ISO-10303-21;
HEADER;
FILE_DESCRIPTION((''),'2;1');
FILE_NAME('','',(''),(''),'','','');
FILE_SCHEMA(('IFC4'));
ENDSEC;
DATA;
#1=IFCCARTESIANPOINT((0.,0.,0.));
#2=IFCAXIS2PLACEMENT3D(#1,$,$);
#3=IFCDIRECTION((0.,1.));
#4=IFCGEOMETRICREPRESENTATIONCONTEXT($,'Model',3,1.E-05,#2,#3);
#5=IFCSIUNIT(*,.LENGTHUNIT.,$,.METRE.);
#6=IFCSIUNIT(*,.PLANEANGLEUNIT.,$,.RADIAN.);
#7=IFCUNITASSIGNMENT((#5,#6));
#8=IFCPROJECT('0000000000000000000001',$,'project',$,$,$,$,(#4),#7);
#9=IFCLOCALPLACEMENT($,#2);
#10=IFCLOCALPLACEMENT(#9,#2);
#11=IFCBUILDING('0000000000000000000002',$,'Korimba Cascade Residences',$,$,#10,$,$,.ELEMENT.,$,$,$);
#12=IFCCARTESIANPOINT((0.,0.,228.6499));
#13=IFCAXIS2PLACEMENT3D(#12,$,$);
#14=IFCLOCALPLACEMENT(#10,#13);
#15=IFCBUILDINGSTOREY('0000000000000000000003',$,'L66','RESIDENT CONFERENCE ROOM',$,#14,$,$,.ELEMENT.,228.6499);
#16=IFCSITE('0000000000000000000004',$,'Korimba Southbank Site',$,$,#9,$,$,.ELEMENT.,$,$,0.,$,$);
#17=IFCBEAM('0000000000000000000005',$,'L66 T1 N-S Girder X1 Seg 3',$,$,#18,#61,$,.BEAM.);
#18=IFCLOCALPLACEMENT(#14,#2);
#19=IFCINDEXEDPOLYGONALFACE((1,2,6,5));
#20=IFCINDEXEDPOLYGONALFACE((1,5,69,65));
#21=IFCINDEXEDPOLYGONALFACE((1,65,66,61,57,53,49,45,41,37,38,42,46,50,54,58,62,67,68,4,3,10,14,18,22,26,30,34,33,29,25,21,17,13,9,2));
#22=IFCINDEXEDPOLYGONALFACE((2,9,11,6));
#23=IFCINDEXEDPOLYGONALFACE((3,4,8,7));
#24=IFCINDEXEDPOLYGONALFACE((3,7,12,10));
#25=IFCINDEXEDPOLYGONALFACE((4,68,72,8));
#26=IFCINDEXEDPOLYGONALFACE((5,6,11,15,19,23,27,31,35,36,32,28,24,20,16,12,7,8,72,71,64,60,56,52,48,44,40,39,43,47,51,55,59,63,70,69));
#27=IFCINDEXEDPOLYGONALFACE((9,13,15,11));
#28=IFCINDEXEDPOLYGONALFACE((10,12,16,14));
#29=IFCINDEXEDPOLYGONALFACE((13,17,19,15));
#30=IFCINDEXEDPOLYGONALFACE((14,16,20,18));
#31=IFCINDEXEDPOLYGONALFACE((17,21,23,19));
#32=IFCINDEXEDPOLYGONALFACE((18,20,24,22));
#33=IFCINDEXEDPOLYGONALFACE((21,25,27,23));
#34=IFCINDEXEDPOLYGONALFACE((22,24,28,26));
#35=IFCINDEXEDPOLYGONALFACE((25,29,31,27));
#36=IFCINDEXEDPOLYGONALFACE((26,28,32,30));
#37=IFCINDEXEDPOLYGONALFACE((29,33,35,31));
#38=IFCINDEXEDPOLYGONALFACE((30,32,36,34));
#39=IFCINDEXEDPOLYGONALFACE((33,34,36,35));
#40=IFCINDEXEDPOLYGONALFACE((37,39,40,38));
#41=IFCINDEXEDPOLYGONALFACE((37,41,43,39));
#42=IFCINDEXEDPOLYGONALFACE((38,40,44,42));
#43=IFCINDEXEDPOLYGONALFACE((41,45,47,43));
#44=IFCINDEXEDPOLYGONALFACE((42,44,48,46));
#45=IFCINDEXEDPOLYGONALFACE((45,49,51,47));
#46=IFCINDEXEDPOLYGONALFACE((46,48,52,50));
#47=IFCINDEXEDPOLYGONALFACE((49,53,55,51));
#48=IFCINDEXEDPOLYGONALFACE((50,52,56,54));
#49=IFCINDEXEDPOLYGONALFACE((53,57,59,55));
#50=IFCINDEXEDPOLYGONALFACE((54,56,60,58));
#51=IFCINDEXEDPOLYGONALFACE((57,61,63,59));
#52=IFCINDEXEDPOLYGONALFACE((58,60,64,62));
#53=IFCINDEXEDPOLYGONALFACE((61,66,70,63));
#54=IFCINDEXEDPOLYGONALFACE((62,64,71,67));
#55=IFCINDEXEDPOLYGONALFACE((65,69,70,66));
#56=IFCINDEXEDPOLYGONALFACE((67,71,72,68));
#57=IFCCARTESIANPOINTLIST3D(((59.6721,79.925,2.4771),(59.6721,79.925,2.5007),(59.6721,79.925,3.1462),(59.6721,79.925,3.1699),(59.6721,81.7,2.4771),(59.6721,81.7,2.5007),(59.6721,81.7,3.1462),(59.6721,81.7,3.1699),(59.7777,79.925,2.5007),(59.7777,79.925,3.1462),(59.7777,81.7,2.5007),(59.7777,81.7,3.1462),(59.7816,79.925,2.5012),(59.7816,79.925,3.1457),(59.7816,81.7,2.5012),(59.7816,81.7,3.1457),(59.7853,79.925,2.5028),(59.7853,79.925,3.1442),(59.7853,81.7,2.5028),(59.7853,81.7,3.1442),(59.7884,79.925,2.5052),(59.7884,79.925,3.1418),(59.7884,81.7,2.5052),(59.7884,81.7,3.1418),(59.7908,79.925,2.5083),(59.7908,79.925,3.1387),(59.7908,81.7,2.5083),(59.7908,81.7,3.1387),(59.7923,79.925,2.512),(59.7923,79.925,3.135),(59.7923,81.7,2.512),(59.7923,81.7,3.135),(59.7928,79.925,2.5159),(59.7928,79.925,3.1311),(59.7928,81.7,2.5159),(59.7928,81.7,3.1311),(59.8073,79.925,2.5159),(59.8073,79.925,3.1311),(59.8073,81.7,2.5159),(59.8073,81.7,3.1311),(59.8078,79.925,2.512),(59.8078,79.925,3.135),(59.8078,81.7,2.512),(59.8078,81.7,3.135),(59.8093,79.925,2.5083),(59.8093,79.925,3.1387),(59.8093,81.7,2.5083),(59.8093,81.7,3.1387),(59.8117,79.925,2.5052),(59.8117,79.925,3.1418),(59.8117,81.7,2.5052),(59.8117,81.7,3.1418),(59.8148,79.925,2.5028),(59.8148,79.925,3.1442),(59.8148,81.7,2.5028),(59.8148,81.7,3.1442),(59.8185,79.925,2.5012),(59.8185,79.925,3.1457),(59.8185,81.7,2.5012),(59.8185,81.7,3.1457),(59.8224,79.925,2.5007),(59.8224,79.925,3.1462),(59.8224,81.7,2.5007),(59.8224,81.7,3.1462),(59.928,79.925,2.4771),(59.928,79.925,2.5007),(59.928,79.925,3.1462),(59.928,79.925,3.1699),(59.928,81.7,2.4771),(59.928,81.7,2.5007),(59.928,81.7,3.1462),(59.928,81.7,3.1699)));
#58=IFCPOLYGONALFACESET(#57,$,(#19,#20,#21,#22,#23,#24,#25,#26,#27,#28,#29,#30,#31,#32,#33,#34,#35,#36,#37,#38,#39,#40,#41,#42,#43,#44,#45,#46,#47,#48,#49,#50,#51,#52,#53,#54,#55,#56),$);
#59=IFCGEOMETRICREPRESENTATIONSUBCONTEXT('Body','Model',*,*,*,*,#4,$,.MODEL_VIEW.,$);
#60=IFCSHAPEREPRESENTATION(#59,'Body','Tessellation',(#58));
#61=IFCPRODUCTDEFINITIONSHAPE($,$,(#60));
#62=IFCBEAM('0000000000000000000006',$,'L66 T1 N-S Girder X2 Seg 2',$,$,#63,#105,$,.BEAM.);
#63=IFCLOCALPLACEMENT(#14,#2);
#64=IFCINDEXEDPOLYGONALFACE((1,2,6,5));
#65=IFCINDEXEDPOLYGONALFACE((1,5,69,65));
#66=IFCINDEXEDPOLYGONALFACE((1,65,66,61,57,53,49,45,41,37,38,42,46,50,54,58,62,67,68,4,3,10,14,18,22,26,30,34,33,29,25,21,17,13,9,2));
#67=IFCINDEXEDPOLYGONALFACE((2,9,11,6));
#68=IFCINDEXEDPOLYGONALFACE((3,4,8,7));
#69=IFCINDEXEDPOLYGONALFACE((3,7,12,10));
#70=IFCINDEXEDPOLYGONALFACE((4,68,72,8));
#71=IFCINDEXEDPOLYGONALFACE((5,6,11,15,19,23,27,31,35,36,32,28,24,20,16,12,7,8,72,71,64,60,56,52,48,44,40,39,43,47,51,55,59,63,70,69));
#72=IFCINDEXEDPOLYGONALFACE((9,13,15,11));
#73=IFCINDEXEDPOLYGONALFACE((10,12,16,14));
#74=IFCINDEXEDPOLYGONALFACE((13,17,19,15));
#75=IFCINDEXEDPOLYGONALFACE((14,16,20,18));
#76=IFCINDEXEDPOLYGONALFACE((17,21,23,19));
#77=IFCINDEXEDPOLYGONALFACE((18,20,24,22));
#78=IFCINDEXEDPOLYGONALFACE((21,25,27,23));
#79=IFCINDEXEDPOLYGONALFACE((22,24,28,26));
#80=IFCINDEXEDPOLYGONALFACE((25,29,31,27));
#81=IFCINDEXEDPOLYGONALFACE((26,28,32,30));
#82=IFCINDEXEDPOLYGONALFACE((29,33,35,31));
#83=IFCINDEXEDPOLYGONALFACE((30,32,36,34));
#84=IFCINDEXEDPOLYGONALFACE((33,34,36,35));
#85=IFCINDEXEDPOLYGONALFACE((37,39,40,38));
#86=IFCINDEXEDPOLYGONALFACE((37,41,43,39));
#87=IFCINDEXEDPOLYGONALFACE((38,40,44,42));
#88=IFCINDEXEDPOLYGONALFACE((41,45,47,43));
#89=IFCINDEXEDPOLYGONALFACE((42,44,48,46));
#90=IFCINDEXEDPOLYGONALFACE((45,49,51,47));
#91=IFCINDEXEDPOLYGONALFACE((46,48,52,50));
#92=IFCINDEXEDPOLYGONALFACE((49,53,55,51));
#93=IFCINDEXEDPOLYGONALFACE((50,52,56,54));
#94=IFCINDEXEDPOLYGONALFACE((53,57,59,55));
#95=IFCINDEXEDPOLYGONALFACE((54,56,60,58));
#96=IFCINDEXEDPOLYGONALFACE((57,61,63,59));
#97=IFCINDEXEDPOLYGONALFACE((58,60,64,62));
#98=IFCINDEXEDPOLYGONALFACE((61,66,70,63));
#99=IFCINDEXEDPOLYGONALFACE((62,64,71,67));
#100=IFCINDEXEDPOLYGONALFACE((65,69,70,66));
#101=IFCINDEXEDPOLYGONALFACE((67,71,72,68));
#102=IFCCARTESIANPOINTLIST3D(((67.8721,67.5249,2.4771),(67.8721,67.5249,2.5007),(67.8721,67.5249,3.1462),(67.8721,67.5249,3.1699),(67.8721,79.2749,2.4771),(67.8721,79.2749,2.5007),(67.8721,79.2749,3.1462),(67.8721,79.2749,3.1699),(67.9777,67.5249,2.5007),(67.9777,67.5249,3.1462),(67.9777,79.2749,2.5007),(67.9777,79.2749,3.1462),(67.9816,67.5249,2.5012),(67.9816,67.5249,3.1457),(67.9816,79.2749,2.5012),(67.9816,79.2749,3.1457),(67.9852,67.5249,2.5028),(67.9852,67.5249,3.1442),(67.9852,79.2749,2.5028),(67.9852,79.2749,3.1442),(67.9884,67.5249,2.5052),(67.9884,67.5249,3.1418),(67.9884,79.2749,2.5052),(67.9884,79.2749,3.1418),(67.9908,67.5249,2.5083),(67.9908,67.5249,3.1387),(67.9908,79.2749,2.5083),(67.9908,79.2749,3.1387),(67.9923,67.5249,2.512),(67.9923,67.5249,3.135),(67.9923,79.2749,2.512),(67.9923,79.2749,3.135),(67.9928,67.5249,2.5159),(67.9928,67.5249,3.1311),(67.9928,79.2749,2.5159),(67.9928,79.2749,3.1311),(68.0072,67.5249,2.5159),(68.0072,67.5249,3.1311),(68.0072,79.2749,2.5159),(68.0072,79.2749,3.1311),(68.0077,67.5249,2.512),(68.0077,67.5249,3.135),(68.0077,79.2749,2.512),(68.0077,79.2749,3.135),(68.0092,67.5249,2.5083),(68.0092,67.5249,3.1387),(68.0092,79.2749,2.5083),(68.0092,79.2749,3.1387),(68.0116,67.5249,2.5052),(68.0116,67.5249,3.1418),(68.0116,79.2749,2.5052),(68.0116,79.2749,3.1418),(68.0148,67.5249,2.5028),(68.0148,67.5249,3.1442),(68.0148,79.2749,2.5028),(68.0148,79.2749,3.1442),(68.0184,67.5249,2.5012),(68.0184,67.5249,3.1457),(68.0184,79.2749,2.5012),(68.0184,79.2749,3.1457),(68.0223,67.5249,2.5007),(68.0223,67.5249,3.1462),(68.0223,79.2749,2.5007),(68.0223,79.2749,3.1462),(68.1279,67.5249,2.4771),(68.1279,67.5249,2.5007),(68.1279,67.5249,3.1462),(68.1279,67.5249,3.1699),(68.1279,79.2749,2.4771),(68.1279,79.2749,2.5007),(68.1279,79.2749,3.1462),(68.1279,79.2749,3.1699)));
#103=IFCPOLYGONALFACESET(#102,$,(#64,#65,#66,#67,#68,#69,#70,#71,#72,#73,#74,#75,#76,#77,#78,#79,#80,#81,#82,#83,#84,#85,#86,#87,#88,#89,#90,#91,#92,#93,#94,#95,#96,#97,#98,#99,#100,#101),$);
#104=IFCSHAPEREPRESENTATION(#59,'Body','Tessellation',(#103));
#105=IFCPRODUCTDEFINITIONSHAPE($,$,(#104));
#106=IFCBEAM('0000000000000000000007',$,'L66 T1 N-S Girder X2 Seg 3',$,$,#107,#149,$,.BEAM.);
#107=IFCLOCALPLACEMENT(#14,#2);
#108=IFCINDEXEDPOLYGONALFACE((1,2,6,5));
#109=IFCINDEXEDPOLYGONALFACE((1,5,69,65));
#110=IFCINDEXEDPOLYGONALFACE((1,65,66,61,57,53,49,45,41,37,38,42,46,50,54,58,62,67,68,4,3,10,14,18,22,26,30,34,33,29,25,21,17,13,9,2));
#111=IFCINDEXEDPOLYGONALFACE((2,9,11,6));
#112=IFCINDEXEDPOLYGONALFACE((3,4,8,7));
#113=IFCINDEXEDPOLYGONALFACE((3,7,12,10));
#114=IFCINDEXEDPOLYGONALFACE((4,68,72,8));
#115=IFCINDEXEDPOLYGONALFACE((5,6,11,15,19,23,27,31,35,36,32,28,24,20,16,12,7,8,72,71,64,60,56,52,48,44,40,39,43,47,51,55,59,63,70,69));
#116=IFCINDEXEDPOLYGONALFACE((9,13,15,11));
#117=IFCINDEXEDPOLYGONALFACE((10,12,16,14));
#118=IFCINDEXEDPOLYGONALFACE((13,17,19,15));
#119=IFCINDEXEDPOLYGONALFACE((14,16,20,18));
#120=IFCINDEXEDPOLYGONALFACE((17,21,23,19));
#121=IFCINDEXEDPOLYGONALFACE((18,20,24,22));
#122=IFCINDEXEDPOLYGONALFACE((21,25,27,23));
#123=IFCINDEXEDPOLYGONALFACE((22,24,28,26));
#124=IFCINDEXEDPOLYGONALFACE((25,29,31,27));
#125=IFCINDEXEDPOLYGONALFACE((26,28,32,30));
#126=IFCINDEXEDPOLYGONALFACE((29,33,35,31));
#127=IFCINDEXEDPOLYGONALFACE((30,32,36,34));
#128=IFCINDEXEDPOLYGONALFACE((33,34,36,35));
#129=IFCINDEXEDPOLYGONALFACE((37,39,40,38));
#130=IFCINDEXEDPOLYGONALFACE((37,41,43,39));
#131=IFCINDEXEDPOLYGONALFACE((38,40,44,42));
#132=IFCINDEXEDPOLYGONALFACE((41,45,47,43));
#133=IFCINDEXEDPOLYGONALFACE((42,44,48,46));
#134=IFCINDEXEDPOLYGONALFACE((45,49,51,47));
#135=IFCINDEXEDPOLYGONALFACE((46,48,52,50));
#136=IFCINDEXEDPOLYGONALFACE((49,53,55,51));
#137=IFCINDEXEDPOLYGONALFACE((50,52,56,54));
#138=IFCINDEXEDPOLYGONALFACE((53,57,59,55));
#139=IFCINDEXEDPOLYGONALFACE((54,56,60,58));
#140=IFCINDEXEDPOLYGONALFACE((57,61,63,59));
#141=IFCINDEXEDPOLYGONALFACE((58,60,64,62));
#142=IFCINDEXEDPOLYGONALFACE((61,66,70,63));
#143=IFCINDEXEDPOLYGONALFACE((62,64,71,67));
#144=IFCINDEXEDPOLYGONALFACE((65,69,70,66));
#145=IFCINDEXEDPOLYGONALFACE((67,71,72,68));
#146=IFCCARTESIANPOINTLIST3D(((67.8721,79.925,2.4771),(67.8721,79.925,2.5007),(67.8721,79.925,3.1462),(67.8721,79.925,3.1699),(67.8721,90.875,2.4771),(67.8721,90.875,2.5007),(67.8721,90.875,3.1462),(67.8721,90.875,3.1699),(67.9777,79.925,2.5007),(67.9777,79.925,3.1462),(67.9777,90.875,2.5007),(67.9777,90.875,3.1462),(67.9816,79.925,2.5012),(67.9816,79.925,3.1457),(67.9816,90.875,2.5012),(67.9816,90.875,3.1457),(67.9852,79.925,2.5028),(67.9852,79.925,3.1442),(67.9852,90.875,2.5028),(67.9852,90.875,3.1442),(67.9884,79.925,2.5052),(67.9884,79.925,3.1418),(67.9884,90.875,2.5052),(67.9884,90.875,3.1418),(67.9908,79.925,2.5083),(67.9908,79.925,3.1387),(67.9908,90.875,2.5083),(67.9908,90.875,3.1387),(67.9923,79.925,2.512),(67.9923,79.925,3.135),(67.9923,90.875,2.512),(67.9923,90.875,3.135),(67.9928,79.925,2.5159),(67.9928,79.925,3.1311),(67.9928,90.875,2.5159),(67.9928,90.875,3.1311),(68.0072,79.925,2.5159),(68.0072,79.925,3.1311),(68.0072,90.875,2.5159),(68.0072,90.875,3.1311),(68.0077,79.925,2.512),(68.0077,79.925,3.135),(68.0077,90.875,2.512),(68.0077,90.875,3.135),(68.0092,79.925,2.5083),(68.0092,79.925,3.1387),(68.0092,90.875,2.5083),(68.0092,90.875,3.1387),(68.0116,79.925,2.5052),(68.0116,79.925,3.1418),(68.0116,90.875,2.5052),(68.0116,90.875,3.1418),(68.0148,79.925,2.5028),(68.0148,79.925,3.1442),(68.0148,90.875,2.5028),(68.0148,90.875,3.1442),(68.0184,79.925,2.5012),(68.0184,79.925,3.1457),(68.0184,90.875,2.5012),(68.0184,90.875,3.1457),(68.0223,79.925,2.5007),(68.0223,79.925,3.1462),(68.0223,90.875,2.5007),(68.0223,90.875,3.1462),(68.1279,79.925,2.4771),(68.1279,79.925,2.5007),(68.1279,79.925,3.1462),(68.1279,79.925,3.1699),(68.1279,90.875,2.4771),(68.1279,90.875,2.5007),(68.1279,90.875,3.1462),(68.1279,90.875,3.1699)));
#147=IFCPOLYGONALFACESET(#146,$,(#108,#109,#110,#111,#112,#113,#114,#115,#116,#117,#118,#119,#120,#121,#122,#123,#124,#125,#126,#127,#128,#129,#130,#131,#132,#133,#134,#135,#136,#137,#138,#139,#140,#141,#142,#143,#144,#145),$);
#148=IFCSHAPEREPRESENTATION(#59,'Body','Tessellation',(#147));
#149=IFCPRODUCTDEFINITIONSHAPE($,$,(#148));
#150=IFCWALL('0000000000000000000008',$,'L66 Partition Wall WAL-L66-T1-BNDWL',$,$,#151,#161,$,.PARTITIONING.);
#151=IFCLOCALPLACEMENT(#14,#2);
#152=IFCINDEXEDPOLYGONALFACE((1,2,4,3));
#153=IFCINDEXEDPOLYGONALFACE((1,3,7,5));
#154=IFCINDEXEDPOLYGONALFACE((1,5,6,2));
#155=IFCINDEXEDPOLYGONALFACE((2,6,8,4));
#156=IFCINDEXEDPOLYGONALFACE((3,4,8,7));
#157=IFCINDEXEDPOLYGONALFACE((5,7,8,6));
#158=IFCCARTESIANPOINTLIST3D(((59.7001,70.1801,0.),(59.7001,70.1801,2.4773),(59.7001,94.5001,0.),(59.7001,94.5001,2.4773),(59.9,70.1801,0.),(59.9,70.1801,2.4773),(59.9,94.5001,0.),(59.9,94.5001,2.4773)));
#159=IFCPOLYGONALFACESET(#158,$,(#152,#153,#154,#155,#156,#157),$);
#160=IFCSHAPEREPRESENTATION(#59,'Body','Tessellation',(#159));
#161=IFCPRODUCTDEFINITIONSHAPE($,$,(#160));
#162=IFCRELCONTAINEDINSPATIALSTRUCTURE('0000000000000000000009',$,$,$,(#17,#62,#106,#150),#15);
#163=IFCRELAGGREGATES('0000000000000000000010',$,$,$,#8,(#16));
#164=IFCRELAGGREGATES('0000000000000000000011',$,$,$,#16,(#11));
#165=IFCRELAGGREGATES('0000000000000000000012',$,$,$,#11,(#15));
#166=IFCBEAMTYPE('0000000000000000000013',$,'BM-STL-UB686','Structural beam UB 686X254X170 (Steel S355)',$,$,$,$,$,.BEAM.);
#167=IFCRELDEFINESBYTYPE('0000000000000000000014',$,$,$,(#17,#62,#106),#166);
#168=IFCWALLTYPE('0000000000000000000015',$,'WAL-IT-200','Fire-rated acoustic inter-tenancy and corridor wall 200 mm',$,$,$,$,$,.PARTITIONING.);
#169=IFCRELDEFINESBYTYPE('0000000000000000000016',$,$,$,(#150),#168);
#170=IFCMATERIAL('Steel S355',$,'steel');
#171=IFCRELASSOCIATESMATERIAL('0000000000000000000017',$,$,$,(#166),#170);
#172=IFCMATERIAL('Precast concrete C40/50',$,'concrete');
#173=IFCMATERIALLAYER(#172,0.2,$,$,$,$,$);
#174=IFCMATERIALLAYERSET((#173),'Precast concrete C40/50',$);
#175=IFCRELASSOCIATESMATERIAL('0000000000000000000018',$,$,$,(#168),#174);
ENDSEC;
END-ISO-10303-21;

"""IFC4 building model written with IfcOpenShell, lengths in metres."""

from ifc_helpers import new_model, si_unit, direction, frame, frame_2d, origin, origin_2d, place, context, subcontext, project, spatial, rectangle, i_section, extrude, material, layer, layer_set, material_profile, profile_set, type_object, element, save


model = new_model("IFC4")

# Units and contexts
model_context = context("Model", 3, precision=1e-05, world=origin(), true_north=direction((0.0, 1.0)))
body_context = subcontext(model_context, "Body", "Model", "MODEL_VIEW")
ifc_project = project(units=[si_unit("LENGTHUNIT", "METRE"), si_unit("PLANEANGLEUNIT", "RADIAN")], contexts=[model_context])

# Site, building, storey
site_placement = place(None, origin())
site = spatial("IfcSite", under=ifc_project, at=site_placement, Name="Korimba Southbank Site", CompositionType="ELEMENT", RefElevation=0.0)
building_placement = place(site_placement, origin())
building = spatial("IfcBuilding", under=site, at=building_placement, Name="Korimba Cascade Residences", CompositionType="ELEMENT")
storey_placement = place(building_placement, frame((0.0, 0.0, 228.6499)))
storey = spatial("IfcBuildingStorey", under=building, at=storey_placement, Name="L66", Description="RESIDENT CONFERENCE ROOM", CompositionType="ELEMENT", Elevation=228.6499)

# Beams
ifc_material_1 = material(Name="Steel S355", Category="steel")
ifc_material_profile_1 = material_profile(ifc_material_1, i_section(OverallWidth=0.2559, OverallDepth=0.6929, WebThickness=0.0144, FlangeThickness=0.0237, FilletRadius=0.0151, at=origin_2d()), Name="Steel S355")
ifc_profile_set_1 = profile_set([ifc_material_profile_1], Name="Steel S355")
beam_type_1 = type_object("IfcBeamType", Name="BM-STL-UB686", Description="Structural beam UB 686X254X170 (Steel S355)", PredefinedType="BEAM", material=ifc_profile_set_1)
beam_1_placement = place(storey_placement, frame((59.8, 79.925, 2.8235), z_axis=(0.0, 1.0, 0.0), x_axis=(-1.0, 0.0, 0.0)))
element("IfcBeam", 1, at=beam_1_placement, inside=storey, type_object=beam_type_1, Name="L66 T1 N-S Girder X1 Seg 3", PredefinedType="BEAM", context=body_context, shape_type="SweptSolid", body=[
    extrude(i_section(OverallWidth=0.2559, OverallDepth=0.6929, WebThickness=0.0144, FlangeThickness=0.0237, FilletRadius=0.0151, at=origin_2d()), origin(), (0.0, 0.0, 1.0), 1.7749),
])
beam_2_placement = place(storey_placement, frame((68.0, 67.5249, 2.8235), z_axis=(0.0, 1.0, 0.0), x_axis=(-1.0, 0.0, 0.0)))
element("IfcBeam", 2, at=beam_2_placement, inside=storey, type_object=beam_type_1, Name="L66 T1 N-S Girder X2 Seg 2", PredefinedType="BEAM", context=body_context, shape_type="SweptSolid", body=[
    extrude(i_section(OverallWidth=0.2559, OverallDepth=0.6929, WebThickness=0.0144, FlangeThickness=0.0237, FilletRadius=0.0151, at=origin_2d()), origin(), (0.0, 0.0, 1.0), 11.75),
])
beam_3_placement = place(storey_placement, frame((68.0, 79.925, 2.8235), z_axis=(0.0, 1.0, 0.0), x_axis=(-1.0, 0.0, 0.0)))
element("IfcBeam", 3, at=beam_3_placement, inside=storey, type_object=beam_type_1, Name="L66 T1 N-S Girder X2 Seg 3", PredefinedType="BEAM", context=body_context, shape_type="SweptSolid", body=[
    extrude(i_section(OverallWidth=0.2559, OverallDepth=0.6929, WebThickness=0.0144, FlangeThickness=0.0237, FilletRadius=0.0151, at=origin_2d()), origin(), (0.0, 0.0, 1.0), 10.95),
])

# Wall
ifc_material_2 = material(Name="Precast concrete C40/50", Category="concrete")
ifc_layer_1 = layer(ifc_material_2, 0.2)
ifc_layer_set_1 = layer_set([ifc_layer_1], Name="Precast concrete C40/50")
wall_type_1 = type_object("IfcWallType", Name="WAL-IT-200", Description="Fire-rated acoustic inter-tenancy and corridor wall 200 mm", PredefinedType="PARTITIONING", material=ifc_layer_set_1)
wall_1_placement = place(storey_placement, frame((59.8, 70.1799, 0.0), z_axis=(0.0, 0.0, 1.0), x_axis=(0.0, 1.0, 0.0)))
element("IfcWall", 4, at=wall_1_placement, inside=storey, type_object=wall_type_1, Name="L66 Partition Wall WAL-L66-T1-BNDWL", PredefinedType="PARTITIONING", context=body_context, shape_type="SweptSolid", body=[
    extrude(rectangle(XDim=24.3201, YDim=0.2, at=frame_2d((12.1602, 0.0))), origin(), (0.0, 0.0, 1.0), 2.4773),
])

save(model, "model.ifc")
